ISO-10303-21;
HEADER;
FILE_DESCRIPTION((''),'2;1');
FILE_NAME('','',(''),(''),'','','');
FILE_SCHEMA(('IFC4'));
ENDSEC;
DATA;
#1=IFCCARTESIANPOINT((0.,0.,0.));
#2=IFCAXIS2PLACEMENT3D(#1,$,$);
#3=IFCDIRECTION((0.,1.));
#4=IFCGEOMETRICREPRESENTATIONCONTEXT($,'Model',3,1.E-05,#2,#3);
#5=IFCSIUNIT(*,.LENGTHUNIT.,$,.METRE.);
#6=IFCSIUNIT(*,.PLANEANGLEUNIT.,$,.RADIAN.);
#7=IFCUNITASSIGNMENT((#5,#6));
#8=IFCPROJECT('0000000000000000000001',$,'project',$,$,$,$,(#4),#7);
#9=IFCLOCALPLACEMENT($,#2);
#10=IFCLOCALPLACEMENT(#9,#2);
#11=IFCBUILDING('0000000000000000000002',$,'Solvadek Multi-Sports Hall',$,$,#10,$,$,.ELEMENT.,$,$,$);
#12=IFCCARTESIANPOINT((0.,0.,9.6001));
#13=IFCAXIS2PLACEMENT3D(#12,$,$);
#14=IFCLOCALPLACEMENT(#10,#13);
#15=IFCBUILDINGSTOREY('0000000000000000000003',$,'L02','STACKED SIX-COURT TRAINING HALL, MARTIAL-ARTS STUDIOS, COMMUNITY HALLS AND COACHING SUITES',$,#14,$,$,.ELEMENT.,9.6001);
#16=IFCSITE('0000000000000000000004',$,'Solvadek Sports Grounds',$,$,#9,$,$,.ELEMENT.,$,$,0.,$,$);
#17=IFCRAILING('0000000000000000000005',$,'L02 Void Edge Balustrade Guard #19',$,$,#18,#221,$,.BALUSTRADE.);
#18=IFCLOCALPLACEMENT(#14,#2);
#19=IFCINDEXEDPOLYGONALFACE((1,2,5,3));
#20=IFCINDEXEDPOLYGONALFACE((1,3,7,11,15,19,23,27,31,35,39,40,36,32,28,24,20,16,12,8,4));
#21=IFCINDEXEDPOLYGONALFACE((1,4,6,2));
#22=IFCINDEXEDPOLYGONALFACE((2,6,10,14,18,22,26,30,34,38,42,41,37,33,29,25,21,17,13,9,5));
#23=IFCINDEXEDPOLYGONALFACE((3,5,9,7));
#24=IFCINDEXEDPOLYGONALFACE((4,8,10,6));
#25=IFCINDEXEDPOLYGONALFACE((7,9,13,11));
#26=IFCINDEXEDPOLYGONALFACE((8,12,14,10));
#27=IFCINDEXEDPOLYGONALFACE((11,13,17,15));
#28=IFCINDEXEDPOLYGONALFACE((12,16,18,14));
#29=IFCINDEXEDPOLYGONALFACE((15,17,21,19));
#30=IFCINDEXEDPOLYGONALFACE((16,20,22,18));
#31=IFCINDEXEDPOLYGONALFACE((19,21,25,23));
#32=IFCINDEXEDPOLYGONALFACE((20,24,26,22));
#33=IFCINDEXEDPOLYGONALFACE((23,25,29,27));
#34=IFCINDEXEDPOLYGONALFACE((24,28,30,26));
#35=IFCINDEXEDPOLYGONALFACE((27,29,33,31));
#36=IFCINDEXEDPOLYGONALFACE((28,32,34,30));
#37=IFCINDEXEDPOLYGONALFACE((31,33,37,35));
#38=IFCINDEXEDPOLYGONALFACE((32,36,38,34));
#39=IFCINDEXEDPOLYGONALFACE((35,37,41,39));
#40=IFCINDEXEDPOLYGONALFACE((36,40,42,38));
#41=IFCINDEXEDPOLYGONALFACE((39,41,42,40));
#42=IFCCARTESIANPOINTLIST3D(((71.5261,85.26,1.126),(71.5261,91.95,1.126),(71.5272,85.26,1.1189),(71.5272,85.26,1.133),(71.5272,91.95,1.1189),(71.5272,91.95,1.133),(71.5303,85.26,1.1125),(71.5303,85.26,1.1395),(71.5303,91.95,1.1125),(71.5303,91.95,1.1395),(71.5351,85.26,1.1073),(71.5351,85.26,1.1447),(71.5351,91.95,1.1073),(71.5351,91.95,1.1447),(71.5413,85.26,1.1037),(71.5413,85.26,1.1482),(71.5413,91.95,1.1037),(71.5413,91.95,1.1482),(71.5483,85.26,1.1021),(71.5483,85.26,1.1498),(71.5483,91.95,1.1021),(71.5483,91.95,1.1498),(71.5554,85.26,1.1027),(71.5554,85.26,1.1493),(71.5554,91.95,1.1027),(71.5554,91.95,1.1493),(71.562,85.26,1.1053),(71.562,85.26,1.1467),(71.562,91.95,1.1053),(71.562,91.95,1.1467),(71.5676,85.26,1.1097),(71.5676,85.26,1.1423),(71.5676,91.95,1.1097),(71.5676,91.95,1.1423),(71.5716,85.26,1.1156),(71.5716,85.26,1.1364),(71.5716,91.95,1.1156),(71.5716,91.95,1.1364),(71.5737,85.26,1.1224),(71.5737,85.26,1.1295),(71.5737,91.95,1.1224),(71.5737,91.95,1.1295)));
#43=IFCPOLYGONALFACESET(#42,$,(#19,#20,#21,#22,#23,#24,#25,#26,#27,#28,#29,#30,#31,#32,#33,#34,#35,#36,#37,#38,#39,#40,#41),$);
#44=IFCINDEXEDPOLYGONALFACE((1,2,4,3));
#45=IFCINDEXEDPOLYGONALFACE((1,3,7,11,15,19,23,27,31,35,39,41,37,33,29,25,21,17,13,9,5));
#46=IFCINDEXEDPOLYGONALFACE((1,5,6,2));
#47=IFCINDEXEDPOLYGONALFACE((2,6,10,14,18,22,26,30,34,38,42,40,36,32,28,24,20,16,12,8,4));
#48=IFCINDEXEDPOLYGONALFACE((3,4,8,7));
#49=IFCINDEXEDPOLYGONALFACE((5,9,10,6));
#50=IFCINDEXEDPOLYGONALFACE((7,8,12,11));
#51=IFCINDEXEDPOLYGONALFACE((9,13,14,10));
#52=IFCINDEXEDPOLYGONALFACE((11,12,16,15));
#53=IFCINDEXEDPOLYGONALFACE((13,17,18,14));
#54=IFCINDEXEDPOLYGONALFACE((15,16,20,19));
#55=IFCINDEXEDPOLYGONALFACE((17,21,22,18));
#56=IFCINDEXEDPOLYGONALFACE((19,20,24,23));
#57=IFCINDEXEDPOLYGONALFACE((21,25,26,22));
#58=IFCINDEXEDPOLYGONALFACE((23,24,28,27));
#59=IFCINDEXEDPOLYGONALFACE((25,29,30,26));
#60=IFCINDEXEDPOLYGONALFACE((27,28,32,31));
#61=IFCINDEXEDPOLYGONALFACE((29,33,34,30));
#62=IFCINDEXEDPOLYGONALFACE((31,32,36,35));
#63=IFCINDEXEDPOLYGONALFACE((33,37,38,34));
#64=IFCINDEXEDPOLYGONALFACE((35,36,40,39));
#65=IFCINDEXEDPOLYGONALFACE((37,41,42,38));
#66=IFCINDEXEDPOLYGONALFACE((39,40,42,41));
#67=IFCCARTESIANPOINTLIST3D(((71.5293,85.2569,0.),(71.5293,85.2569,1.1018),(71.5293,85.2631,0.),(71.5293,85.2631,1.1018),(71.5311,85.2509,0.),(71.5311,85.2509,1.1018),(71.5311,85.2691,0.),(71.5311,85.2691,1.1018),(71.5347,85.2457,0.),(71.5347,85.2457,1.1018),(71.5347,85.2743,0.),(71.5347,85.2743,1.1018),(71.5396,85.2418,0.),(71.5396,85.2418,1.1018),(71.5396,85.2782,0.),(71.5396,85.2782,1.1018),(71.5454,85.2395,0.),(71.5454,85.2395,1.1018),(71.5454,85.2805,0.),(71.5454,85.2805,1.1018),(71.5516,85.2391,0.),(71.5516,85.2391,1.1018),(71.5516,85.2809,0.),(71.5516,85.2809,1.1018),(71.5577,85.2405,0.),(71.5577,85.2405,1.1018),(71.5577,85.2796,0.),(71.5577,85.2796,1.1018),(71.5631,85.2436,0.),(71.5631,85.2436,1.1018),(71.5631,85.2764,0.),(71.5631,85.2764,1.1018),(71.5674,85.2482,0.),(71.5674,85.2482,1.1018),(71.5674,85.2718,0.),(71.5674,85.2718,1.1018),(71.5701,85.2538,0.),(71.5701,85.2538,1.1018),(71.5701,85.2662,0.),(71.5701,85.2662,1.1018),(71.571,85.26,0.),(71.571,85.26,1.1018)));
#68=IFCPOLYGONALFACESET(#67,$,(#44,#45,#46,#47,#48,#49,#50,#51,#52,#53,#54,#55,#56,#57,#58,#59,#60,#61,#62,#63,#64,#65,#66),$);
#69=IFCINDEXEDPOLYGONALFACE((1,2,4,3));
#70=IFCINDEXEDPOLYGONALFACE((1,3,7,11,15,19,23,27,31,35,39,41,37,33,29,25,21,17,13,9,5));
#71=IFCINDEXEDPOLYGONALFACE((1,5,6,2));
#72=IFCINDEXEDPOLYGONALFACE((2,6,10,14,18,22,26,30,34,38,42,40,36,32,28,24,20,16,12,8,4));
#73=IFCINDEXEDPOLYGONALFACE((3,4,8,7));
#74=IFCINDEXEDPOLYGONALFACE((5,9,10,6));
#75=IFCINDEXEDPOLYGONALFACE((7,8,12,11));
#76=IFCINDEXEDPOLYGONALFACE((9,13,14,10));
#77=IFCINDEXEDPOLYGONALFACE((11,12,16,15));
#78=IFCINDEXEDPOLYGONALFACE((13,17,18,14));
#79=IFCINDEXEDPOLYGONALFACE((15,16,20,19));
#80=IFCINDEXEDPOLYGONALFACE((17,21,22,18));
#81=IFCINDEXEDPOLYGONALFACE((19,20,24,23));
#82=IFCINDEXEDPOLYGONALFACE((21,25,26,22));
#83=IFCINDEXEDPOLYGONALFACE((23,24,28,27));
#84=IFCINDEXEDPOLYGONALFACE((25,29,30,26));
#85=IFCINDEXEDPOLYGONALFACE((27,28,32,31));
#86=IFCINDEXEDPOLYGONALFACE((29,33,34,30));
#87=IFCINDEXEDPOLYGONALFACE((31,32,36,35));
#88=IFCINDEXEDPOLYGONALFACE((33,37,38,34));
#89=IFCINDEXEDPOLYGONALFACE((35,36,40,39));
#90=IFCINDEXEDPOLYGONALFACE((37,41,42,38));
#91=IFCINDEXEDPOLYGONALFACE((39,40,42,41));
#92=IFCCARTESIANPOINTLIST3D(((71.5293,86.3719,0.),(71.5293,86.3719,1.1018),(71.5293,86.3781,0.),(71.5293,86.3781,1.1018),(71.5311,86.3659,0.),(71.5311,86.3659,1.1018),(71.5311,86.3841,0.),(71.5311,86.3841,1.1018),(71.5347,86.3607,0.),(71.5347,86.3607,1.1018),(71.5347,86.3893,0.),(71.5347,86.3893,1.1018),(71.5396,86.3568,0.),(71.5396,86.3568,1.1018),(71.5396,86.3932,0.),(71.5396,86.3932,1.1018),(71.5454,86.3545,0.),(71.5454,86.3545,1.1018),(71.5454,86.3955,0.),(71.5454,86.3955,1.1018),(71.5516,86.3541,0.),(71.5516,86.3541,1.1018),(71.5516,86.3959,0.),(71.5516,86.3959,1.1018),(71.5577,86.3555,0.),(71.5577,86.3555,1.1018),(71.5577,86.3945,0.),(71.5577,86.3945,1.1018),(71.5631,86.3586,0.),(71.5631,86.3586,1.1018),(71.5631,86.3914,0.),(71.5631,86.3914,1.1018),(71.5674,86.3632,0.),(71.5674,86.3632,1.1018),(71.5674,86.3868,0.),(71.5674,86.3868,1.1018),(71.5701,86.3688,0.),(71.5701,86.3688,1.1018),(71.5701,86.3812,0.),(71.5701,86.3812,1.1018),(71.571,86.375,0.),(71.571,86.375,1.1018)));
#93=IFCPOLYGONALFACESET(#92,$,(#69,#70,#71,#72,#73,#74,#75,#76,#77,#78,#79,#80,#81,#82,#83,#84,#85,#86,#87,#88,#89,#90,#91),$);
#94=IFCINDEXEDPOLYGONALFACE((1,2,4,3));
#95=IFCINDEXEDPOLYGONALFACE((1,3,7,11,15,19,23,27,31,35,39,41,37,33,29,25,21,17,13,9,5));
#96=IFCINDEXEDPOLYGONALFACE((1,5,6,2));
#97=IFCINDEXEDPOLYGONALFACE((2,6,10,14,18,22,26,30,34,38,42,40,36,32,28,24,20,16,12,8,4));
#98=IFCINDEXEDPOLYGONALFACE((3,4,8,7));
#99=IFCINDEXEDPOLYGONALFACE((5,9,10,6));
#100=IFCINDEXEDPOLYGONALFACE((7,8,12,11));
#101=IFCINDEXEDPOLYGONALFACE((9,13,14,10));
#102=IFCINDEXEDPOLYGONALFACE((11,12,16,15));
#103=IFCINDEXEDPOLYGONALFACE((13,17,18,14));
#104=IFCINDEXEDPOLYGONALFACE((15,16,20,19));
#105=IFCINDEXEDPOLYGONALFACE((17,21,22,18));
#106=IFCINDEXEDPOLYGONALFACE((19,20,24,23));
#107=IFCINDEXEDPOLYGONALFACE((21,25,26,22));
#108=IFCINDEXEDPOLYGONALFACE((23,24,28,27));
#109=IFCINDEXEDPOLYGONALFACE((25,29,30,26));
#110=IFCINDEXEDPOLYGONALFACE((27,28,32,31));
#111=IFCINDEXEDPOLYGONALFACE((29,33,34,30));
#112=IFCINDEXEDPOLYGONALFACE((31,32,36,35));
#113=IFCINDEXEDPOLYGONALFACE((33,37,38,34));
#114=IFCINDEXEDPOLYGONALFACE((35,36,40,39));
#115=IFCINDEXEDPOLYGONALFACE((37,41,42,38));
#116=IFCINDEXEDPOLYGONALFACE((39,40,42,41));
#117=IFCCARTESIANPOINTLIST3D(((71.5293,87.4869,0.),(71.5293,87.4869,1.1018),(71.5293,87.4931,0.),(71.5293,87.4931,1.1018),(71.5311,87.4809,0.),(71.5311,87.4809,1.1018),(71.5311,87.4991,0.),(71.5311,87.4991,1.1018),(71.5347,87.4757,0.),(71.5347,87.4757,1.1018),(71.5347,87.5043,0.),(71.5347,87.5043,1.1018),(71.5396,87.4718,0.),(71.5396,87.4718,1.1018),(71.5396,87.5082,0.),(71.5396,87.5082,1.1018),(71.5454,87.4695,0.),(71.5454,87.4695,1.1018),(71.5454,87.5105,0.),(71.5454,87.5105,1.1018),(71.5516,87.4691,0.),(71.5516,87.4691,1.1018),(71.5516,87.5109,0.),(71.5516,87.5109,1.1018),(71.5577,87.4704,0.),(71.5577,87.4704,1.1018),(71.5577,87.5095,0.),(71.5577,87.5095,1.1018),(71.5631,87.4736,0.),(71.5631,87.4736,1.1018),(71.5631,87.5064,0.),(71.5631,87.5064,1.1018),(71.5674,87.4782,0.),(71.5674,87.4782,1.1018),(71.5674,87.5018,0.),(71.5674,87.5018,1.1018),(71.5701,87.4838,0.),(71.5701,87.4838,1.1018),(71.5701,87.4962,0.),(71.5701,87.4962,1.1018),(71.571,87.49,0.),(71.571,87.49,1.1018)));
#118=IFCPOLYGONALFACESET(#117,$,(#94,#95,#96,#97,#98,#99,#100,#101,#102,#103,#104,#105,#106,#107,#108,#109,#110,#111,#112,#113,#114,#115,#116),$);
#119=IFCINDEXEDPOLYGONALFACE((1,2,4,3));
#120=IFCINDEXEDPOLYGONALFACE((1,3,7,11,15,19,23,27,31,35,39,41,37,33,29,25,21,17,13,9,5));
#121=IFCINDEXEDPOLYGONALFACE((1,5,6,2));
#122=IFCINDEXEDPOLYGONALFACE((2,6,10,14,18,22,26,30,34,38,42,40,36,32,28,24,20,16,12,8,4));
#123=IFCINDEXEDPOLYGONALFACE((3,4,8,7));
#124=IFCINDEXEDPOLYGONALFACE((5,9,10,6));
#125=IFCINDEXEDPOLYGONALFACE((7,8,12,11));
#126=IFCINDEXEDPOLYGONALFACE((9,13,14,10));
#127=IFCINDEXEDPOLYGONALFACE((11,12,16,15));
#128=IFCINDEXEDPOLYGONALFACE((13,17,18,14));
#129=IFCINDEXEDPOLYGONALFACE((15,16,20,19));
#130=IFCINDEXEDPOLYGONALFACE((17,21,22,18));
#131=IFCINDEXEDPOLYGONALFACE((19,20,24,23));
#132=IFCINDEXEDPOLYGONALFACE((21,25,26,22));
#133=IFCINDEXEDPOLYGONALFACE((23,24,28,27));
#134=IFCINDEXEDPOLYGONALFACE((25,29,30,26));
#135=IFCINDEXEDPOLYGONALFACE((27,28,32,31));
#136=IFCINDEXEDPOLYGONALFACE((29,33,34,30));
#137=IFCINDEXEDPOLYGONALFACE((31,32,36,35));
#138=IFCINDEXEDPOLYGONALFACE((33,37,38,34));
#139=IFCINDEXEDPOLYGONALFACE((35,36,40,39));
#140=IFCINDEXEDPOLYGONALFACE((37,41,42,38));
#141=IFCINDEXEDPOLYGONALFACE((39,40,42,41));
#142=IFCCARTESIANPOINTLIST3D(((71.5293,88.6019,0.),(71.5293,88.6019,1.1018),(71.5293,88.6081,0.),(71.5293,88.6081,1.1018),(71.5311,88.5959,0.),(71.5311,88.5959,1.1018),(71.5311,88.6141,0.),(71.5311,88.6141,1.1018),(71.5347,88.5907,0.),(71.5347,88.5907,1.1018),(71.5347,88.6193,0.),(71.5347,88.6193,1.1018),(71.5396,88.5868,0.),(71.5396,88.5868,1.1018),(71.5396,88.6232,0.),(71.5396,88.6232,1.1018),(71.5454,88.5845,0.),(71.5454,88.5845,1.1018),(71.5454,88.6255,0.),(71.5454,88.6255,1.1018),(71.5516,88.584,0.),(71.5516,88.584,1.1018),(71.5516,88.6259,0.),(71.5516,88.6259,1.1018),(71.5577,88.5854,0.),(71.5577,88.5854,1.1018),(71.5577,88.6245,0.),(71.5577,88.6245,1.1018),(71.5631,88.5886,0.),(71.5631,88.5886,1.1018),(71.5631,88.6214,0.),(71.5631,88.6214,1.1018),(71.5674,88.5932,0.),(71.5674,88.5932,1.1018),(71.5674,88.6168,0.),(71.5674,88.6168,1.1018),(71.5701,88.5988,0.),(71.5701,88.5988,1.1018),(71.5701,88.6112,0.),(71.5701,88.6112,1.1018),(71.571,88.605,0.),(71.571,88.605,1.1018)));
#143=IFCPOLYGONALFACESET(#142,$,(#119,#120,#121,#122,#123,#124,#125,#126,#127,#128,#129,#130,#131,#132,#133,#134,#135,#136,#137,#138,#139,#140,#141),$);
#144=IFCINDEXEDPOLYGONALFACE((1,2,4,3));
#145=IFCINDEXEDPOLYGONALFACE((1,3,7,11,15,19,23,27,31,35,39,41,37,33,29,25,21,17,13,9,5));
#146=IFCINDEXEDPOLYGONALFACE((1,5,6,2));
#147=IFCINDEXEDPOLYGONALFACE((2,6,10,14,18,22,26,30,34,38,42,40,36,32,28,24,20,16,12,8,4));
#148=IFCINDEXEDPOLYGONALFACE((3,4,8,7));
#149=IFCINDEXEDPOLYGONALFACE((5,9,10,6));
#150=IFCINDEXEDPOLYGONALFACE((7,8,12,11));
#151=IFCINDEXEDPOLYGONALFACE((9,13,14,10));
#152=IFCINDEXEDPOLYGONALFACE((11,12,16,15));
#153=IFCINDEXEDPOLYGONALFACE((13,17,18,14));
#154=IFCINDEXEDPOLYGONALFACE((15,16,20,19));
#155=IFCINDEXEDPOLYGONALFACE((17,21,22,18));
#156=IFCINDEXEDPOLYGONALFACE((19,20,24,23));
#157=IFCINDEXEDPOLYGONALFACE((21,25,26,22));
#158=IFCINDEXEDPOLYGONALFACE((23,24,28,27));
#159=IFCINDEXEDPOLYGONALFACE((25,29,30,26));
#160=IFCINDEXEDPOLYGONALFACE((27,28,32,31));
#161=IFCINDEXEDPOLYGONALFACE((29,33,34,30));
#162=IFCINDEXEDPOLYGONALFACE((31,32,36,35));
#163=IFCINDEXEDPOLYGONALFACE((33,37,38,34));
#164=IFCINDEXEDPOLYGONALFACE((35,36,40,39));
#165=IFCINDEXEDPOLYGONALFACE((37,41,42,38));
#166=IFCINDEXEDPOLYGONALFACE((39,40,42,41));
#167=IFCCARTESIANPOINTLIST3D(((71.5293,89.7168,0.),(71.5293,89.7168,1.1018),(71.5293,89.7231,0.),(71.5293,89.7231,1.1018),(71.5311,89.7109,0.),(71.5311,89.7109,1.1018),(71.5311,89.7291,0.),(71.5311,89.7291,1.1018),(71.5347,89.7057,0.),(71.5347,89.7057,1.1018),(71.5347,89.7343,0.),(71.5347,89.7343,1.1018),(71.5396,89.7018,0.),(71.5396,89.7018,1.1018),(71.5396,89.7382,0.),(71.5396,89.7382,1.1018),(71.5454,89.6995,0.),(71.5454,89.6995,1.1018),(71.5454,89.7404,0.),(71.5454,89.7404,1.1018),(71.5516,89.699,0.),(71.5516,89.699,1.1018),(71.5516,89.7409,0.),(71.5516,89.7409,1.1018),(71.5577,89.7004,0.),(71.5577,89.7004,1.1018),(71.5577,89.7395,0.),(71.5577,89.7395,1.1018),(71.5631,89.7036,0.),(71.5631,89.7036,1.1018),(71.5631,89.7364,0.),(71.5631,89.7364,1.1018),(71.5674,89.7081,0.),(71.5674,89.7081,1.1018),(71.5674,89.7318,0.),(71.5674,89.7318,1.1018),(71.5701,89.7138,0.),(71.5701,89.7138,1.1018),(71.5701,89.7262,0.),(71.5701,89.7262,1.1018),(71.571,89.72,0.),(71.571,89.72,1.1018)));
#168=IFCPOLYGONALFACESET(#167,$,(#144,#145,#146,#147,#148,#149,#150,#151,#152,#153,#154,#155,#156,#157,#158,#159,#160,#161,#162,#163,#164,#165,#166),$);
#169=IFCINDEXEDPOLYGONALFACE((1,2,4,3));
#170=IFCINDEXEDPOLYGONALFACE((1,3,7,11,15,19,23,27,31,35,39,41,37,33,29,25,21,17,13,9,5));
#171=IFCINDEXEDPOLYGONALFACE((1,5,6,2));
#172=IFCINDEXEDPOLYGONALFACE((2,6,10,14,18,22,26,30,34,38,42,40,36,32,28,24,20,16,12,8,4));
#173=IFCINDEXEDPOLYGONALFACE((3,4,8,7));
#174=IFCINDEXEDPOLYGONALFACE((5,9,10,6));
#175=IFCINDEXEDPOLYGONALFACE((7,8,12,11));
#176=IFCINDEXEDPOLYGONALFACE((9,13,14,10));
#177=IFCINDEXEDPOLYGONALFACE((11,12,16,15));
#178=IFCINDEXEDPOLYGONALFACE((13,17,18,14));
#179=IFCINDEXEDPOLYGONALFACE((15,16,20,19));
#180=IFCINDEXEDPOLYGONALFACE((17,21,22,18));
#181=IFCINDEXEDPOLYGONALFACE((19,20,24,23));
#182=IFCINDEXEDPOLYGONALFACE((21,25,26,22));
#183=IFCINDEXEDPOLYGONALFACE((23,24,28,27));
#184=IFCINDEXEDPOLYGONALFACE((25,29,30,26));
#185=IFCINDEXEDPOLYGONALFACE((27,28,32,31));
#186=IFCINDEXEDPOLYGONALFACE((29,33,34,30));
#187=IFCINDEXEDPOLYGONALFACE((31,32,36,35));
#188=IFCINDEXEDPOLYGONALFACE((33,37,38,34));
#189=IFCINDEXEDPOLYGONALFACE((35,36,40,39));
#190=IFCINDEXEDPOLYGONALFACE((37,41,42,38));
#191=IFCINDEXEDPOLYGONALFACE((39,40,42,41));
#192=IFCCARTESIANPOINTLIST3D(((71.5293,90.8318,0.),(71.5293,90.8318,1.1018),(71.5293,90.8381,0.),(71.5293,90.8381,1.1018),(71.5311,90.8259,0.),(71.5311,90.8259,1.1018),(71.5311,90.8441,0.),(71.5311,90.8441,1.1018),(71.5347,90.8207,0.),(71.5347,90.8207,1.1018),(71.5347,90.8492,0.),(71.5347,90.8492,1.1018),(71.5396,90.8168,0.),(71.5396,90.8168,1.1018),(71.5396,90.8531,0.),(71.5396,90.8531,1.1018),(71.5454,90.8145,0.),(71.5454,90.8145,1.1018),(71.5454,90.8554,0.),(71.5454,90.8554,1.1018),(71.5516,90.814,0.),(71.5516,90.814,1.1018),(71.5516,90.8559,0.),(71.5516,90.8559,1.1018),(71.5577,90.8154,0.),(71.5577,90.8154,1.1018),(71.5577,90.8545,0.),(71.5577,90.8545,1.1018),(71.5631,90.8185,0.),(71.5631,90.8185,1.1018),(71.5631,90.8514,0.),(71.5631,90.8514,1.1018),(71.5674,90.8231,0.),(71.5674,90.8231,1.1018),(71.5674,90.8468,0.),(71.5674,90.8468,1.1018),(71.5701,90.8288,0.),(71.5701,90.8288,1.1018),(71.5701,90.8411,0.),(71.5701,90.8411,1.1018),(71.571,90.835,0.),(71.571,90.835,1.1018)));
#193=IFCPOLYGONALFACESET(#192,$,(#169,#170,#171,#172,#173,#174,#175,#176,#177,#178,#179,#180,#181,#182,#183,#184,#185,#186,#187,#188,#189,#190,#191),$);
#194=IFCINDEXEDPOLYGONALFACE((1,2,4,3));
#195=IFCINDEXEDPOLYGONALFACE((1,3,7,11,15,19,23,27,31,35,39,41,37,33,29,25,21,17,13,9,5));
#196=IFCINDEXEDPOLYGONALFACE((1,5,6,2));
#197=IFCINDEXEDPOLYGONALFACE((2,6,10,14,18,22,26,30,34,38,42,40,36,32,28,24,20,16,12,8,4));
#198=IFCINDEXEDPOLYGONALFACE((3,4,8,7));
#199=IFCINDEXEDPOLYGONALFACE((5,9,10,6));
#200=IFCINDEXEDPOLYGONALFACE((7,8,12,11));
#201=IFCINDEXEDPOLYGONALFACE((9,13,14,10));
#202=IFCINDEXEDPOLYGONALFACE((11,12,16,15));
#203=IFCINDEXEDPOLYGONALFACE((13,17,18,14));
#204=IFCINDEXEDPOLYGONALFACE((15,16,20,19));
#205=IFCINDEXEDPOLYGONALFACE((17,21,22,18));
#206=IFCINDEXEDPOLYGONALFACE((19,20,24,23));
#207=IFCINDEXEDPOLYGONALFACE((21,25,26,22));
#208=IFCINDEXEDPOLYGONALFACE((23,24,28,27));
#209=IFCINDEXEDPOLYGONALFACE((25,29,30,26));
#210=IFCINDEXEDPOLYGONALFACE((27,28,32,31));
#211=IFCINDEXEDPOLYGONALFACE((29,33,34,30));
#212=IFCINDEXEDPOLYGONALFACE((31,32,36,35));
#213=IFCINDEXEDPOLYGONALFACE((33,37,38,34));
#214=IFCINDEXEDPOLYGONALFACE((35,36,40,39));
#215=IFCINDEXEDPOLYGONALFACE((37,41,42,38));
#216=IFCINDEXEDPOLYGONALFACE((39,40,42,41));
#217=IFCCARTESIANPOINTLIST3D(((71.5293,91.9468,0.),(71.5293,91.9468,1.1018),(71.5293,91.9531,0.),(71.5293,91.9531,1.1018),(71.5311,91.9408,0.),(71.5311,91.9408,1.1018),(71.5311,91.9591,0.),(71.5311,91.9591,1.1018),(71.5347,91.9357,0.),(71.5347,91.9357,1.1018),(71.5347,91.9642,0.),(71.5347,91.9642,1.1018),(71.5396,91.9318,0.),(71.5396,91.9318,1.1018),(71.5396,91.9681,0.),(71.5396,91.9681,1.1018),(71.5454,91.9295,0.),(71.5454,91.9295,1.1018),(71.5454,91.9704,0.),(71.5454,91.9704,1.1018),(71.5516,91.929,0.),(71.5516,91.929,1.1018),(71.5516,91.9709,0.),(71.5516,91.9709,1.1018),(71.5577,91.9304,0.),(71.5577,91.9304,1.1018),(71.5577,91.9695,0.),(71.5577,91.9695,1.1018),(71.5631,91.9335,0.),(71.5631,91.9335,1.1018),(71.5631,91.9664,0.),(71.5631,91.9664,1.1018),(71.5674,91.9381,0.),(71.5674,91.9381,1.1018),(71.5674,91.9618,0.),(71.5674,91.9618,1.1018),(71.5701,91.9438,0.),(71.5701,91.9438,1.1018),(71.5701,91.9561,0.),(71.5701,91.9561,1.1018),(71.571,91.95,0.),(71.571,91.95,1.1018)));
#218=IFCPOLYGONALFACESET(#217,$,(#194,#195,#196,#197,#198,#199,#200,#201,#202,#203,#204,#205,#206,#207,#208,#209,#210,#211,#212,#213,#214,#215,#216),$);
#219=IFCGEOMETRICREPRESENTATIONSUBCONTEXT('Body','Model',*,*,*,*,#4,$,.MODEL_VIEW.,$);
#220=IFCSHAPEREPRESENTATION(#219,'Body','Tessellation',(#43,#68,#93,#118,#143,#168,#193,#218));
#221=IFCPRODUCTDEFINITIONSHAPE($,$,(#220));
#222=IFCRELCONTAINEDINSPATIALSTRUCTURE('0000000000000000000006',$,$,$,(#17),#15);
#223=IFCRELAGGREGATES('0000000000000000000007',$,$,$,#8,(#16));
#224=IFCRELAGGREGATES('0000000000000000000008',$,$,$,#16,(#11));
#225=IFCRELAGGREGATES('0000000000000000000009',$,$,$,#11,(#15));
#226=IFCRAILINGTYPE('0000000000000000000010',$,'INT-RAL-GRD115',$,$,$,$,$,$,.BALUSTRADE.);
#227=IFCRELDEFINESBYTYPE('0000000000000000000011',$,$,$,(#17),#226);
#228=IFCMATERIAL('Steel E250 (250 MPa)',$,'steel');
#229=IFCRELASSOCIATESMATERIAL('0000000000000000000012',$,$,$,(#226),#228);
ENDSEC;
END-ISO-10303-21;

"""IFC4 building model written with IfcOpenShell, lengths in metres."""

from ifc_helpers import new_model, si_unit, direction, frame, origin, origin_2d, place, context, subcontext, project, spatial, circle, extrude, material, type_object, element, save


model = new_model("IFC4")

# Units and contexts
model_context = context("Model", 3, precision=1e-05, world=origin(), true_north=direction((0.0, 1.0)))
body_context = subcontext(model_context, "Body", "Model", "MODEL_VIEW")
ifc_project = project(units=[si_unit("LENGTHUNIT", "METRE"), si_unit("PLANEANGLEUNIT", "RADIAN")], contexts=[model_context])

# Site, building, storey
site_placement = place(None, origin())
site = spatial("IfcSite", under=ifc_project, at=site_placement, Name="Solvadek Sports Grounds", CompositionType="ELEMENT", RefElevation=0.0)
building_placement = place(site_placement, origin())
building = spatial("IfcBuilding", under=site, at=building_placement, Name="Solvadek Multi-Sports Hall", CompositionType="ELEMENT")
storey_placement = place(building_placement, frame((0.0, 0.0, 9.6001)))
storey = spatial("IfcBuildingStorey", under=building, at=storey_placement, Name="L02", Description="STACKED SIX-COURT TRAINING HALL, MARTIAL-ARTS STUDIOS, COMMUNITY HALLS AND COACHING SUITES", CompositionType="ELEMENT", Elevation=9.6001)

# Shared definitions
ifc_material_1 = material(Name="Steel E250 (250 MPa)", Category="steel")

# Railing
railing_type = type_object("IfcRailingType", Name="INT-RAL-GRD115", PredefinedType="BALUSTRADE", material=ifc_material_1)
railing_placement = place(storey_placement, frame((71.55, 85.26, 0.0)))
element("IfcRailing", 1, at=railing_placement, inside=storey, type_object=railing_type, Name="L02 Void Edge Balustrade Guard #19", PredefinedType="BALUSTRADE", context=body_context, shape_type="SweptSolid", body=[
    extrude(circle(Radius=0.0239, at=origin_2d()), frame((0.0, 0.0, 1.126), z_axis=(0.0, 1.0, 0.0), x_axis=(-1.0, 0.0, 0.0)), (0.0, 0.0, 1.0), 6.6899),
    extrude(circle(Radius=0.021, at=origin_2d()), origin(), (0.0, 0.0, 1.0), 1.1018),
    extrude(circle(Radius=0.021, at=origin_2d()), frame((0.0, 1.115, 0.0)), (0.0, 0.0, 1.0), 1.1018),
    extrude(circle(Radius=0.021, at=origin_2d()), frame((0.0, 2.23, 0.0)), (0.0, 0.0, 1.0), 1.1018),
    extrude(circle(Radius=0.021, at=origin_2d()), frame((0.0, 3.345, 0.0)), (0.0, 0.0, 1.0), 1.1018),
    extrude(circle(Radius=0.021, at=origin_2d()), frame((0.0, 4.46, 0.0)), (0.0, 0.0, 1.0), 1.1018),
    extrude(circle(Radius=0.021, at=origin_2d()), frame((0.0, 5.575, 0.0)), (0.0, 0.0, 1.0), 1.1018),
    extrude(circle(Radius=0.021, at=origin_2d()), frame((0.0, 6.6899, 0.0)), (0.0, 0.0, 1.0), 1.1018),
])

save(model, "model.ifc")
